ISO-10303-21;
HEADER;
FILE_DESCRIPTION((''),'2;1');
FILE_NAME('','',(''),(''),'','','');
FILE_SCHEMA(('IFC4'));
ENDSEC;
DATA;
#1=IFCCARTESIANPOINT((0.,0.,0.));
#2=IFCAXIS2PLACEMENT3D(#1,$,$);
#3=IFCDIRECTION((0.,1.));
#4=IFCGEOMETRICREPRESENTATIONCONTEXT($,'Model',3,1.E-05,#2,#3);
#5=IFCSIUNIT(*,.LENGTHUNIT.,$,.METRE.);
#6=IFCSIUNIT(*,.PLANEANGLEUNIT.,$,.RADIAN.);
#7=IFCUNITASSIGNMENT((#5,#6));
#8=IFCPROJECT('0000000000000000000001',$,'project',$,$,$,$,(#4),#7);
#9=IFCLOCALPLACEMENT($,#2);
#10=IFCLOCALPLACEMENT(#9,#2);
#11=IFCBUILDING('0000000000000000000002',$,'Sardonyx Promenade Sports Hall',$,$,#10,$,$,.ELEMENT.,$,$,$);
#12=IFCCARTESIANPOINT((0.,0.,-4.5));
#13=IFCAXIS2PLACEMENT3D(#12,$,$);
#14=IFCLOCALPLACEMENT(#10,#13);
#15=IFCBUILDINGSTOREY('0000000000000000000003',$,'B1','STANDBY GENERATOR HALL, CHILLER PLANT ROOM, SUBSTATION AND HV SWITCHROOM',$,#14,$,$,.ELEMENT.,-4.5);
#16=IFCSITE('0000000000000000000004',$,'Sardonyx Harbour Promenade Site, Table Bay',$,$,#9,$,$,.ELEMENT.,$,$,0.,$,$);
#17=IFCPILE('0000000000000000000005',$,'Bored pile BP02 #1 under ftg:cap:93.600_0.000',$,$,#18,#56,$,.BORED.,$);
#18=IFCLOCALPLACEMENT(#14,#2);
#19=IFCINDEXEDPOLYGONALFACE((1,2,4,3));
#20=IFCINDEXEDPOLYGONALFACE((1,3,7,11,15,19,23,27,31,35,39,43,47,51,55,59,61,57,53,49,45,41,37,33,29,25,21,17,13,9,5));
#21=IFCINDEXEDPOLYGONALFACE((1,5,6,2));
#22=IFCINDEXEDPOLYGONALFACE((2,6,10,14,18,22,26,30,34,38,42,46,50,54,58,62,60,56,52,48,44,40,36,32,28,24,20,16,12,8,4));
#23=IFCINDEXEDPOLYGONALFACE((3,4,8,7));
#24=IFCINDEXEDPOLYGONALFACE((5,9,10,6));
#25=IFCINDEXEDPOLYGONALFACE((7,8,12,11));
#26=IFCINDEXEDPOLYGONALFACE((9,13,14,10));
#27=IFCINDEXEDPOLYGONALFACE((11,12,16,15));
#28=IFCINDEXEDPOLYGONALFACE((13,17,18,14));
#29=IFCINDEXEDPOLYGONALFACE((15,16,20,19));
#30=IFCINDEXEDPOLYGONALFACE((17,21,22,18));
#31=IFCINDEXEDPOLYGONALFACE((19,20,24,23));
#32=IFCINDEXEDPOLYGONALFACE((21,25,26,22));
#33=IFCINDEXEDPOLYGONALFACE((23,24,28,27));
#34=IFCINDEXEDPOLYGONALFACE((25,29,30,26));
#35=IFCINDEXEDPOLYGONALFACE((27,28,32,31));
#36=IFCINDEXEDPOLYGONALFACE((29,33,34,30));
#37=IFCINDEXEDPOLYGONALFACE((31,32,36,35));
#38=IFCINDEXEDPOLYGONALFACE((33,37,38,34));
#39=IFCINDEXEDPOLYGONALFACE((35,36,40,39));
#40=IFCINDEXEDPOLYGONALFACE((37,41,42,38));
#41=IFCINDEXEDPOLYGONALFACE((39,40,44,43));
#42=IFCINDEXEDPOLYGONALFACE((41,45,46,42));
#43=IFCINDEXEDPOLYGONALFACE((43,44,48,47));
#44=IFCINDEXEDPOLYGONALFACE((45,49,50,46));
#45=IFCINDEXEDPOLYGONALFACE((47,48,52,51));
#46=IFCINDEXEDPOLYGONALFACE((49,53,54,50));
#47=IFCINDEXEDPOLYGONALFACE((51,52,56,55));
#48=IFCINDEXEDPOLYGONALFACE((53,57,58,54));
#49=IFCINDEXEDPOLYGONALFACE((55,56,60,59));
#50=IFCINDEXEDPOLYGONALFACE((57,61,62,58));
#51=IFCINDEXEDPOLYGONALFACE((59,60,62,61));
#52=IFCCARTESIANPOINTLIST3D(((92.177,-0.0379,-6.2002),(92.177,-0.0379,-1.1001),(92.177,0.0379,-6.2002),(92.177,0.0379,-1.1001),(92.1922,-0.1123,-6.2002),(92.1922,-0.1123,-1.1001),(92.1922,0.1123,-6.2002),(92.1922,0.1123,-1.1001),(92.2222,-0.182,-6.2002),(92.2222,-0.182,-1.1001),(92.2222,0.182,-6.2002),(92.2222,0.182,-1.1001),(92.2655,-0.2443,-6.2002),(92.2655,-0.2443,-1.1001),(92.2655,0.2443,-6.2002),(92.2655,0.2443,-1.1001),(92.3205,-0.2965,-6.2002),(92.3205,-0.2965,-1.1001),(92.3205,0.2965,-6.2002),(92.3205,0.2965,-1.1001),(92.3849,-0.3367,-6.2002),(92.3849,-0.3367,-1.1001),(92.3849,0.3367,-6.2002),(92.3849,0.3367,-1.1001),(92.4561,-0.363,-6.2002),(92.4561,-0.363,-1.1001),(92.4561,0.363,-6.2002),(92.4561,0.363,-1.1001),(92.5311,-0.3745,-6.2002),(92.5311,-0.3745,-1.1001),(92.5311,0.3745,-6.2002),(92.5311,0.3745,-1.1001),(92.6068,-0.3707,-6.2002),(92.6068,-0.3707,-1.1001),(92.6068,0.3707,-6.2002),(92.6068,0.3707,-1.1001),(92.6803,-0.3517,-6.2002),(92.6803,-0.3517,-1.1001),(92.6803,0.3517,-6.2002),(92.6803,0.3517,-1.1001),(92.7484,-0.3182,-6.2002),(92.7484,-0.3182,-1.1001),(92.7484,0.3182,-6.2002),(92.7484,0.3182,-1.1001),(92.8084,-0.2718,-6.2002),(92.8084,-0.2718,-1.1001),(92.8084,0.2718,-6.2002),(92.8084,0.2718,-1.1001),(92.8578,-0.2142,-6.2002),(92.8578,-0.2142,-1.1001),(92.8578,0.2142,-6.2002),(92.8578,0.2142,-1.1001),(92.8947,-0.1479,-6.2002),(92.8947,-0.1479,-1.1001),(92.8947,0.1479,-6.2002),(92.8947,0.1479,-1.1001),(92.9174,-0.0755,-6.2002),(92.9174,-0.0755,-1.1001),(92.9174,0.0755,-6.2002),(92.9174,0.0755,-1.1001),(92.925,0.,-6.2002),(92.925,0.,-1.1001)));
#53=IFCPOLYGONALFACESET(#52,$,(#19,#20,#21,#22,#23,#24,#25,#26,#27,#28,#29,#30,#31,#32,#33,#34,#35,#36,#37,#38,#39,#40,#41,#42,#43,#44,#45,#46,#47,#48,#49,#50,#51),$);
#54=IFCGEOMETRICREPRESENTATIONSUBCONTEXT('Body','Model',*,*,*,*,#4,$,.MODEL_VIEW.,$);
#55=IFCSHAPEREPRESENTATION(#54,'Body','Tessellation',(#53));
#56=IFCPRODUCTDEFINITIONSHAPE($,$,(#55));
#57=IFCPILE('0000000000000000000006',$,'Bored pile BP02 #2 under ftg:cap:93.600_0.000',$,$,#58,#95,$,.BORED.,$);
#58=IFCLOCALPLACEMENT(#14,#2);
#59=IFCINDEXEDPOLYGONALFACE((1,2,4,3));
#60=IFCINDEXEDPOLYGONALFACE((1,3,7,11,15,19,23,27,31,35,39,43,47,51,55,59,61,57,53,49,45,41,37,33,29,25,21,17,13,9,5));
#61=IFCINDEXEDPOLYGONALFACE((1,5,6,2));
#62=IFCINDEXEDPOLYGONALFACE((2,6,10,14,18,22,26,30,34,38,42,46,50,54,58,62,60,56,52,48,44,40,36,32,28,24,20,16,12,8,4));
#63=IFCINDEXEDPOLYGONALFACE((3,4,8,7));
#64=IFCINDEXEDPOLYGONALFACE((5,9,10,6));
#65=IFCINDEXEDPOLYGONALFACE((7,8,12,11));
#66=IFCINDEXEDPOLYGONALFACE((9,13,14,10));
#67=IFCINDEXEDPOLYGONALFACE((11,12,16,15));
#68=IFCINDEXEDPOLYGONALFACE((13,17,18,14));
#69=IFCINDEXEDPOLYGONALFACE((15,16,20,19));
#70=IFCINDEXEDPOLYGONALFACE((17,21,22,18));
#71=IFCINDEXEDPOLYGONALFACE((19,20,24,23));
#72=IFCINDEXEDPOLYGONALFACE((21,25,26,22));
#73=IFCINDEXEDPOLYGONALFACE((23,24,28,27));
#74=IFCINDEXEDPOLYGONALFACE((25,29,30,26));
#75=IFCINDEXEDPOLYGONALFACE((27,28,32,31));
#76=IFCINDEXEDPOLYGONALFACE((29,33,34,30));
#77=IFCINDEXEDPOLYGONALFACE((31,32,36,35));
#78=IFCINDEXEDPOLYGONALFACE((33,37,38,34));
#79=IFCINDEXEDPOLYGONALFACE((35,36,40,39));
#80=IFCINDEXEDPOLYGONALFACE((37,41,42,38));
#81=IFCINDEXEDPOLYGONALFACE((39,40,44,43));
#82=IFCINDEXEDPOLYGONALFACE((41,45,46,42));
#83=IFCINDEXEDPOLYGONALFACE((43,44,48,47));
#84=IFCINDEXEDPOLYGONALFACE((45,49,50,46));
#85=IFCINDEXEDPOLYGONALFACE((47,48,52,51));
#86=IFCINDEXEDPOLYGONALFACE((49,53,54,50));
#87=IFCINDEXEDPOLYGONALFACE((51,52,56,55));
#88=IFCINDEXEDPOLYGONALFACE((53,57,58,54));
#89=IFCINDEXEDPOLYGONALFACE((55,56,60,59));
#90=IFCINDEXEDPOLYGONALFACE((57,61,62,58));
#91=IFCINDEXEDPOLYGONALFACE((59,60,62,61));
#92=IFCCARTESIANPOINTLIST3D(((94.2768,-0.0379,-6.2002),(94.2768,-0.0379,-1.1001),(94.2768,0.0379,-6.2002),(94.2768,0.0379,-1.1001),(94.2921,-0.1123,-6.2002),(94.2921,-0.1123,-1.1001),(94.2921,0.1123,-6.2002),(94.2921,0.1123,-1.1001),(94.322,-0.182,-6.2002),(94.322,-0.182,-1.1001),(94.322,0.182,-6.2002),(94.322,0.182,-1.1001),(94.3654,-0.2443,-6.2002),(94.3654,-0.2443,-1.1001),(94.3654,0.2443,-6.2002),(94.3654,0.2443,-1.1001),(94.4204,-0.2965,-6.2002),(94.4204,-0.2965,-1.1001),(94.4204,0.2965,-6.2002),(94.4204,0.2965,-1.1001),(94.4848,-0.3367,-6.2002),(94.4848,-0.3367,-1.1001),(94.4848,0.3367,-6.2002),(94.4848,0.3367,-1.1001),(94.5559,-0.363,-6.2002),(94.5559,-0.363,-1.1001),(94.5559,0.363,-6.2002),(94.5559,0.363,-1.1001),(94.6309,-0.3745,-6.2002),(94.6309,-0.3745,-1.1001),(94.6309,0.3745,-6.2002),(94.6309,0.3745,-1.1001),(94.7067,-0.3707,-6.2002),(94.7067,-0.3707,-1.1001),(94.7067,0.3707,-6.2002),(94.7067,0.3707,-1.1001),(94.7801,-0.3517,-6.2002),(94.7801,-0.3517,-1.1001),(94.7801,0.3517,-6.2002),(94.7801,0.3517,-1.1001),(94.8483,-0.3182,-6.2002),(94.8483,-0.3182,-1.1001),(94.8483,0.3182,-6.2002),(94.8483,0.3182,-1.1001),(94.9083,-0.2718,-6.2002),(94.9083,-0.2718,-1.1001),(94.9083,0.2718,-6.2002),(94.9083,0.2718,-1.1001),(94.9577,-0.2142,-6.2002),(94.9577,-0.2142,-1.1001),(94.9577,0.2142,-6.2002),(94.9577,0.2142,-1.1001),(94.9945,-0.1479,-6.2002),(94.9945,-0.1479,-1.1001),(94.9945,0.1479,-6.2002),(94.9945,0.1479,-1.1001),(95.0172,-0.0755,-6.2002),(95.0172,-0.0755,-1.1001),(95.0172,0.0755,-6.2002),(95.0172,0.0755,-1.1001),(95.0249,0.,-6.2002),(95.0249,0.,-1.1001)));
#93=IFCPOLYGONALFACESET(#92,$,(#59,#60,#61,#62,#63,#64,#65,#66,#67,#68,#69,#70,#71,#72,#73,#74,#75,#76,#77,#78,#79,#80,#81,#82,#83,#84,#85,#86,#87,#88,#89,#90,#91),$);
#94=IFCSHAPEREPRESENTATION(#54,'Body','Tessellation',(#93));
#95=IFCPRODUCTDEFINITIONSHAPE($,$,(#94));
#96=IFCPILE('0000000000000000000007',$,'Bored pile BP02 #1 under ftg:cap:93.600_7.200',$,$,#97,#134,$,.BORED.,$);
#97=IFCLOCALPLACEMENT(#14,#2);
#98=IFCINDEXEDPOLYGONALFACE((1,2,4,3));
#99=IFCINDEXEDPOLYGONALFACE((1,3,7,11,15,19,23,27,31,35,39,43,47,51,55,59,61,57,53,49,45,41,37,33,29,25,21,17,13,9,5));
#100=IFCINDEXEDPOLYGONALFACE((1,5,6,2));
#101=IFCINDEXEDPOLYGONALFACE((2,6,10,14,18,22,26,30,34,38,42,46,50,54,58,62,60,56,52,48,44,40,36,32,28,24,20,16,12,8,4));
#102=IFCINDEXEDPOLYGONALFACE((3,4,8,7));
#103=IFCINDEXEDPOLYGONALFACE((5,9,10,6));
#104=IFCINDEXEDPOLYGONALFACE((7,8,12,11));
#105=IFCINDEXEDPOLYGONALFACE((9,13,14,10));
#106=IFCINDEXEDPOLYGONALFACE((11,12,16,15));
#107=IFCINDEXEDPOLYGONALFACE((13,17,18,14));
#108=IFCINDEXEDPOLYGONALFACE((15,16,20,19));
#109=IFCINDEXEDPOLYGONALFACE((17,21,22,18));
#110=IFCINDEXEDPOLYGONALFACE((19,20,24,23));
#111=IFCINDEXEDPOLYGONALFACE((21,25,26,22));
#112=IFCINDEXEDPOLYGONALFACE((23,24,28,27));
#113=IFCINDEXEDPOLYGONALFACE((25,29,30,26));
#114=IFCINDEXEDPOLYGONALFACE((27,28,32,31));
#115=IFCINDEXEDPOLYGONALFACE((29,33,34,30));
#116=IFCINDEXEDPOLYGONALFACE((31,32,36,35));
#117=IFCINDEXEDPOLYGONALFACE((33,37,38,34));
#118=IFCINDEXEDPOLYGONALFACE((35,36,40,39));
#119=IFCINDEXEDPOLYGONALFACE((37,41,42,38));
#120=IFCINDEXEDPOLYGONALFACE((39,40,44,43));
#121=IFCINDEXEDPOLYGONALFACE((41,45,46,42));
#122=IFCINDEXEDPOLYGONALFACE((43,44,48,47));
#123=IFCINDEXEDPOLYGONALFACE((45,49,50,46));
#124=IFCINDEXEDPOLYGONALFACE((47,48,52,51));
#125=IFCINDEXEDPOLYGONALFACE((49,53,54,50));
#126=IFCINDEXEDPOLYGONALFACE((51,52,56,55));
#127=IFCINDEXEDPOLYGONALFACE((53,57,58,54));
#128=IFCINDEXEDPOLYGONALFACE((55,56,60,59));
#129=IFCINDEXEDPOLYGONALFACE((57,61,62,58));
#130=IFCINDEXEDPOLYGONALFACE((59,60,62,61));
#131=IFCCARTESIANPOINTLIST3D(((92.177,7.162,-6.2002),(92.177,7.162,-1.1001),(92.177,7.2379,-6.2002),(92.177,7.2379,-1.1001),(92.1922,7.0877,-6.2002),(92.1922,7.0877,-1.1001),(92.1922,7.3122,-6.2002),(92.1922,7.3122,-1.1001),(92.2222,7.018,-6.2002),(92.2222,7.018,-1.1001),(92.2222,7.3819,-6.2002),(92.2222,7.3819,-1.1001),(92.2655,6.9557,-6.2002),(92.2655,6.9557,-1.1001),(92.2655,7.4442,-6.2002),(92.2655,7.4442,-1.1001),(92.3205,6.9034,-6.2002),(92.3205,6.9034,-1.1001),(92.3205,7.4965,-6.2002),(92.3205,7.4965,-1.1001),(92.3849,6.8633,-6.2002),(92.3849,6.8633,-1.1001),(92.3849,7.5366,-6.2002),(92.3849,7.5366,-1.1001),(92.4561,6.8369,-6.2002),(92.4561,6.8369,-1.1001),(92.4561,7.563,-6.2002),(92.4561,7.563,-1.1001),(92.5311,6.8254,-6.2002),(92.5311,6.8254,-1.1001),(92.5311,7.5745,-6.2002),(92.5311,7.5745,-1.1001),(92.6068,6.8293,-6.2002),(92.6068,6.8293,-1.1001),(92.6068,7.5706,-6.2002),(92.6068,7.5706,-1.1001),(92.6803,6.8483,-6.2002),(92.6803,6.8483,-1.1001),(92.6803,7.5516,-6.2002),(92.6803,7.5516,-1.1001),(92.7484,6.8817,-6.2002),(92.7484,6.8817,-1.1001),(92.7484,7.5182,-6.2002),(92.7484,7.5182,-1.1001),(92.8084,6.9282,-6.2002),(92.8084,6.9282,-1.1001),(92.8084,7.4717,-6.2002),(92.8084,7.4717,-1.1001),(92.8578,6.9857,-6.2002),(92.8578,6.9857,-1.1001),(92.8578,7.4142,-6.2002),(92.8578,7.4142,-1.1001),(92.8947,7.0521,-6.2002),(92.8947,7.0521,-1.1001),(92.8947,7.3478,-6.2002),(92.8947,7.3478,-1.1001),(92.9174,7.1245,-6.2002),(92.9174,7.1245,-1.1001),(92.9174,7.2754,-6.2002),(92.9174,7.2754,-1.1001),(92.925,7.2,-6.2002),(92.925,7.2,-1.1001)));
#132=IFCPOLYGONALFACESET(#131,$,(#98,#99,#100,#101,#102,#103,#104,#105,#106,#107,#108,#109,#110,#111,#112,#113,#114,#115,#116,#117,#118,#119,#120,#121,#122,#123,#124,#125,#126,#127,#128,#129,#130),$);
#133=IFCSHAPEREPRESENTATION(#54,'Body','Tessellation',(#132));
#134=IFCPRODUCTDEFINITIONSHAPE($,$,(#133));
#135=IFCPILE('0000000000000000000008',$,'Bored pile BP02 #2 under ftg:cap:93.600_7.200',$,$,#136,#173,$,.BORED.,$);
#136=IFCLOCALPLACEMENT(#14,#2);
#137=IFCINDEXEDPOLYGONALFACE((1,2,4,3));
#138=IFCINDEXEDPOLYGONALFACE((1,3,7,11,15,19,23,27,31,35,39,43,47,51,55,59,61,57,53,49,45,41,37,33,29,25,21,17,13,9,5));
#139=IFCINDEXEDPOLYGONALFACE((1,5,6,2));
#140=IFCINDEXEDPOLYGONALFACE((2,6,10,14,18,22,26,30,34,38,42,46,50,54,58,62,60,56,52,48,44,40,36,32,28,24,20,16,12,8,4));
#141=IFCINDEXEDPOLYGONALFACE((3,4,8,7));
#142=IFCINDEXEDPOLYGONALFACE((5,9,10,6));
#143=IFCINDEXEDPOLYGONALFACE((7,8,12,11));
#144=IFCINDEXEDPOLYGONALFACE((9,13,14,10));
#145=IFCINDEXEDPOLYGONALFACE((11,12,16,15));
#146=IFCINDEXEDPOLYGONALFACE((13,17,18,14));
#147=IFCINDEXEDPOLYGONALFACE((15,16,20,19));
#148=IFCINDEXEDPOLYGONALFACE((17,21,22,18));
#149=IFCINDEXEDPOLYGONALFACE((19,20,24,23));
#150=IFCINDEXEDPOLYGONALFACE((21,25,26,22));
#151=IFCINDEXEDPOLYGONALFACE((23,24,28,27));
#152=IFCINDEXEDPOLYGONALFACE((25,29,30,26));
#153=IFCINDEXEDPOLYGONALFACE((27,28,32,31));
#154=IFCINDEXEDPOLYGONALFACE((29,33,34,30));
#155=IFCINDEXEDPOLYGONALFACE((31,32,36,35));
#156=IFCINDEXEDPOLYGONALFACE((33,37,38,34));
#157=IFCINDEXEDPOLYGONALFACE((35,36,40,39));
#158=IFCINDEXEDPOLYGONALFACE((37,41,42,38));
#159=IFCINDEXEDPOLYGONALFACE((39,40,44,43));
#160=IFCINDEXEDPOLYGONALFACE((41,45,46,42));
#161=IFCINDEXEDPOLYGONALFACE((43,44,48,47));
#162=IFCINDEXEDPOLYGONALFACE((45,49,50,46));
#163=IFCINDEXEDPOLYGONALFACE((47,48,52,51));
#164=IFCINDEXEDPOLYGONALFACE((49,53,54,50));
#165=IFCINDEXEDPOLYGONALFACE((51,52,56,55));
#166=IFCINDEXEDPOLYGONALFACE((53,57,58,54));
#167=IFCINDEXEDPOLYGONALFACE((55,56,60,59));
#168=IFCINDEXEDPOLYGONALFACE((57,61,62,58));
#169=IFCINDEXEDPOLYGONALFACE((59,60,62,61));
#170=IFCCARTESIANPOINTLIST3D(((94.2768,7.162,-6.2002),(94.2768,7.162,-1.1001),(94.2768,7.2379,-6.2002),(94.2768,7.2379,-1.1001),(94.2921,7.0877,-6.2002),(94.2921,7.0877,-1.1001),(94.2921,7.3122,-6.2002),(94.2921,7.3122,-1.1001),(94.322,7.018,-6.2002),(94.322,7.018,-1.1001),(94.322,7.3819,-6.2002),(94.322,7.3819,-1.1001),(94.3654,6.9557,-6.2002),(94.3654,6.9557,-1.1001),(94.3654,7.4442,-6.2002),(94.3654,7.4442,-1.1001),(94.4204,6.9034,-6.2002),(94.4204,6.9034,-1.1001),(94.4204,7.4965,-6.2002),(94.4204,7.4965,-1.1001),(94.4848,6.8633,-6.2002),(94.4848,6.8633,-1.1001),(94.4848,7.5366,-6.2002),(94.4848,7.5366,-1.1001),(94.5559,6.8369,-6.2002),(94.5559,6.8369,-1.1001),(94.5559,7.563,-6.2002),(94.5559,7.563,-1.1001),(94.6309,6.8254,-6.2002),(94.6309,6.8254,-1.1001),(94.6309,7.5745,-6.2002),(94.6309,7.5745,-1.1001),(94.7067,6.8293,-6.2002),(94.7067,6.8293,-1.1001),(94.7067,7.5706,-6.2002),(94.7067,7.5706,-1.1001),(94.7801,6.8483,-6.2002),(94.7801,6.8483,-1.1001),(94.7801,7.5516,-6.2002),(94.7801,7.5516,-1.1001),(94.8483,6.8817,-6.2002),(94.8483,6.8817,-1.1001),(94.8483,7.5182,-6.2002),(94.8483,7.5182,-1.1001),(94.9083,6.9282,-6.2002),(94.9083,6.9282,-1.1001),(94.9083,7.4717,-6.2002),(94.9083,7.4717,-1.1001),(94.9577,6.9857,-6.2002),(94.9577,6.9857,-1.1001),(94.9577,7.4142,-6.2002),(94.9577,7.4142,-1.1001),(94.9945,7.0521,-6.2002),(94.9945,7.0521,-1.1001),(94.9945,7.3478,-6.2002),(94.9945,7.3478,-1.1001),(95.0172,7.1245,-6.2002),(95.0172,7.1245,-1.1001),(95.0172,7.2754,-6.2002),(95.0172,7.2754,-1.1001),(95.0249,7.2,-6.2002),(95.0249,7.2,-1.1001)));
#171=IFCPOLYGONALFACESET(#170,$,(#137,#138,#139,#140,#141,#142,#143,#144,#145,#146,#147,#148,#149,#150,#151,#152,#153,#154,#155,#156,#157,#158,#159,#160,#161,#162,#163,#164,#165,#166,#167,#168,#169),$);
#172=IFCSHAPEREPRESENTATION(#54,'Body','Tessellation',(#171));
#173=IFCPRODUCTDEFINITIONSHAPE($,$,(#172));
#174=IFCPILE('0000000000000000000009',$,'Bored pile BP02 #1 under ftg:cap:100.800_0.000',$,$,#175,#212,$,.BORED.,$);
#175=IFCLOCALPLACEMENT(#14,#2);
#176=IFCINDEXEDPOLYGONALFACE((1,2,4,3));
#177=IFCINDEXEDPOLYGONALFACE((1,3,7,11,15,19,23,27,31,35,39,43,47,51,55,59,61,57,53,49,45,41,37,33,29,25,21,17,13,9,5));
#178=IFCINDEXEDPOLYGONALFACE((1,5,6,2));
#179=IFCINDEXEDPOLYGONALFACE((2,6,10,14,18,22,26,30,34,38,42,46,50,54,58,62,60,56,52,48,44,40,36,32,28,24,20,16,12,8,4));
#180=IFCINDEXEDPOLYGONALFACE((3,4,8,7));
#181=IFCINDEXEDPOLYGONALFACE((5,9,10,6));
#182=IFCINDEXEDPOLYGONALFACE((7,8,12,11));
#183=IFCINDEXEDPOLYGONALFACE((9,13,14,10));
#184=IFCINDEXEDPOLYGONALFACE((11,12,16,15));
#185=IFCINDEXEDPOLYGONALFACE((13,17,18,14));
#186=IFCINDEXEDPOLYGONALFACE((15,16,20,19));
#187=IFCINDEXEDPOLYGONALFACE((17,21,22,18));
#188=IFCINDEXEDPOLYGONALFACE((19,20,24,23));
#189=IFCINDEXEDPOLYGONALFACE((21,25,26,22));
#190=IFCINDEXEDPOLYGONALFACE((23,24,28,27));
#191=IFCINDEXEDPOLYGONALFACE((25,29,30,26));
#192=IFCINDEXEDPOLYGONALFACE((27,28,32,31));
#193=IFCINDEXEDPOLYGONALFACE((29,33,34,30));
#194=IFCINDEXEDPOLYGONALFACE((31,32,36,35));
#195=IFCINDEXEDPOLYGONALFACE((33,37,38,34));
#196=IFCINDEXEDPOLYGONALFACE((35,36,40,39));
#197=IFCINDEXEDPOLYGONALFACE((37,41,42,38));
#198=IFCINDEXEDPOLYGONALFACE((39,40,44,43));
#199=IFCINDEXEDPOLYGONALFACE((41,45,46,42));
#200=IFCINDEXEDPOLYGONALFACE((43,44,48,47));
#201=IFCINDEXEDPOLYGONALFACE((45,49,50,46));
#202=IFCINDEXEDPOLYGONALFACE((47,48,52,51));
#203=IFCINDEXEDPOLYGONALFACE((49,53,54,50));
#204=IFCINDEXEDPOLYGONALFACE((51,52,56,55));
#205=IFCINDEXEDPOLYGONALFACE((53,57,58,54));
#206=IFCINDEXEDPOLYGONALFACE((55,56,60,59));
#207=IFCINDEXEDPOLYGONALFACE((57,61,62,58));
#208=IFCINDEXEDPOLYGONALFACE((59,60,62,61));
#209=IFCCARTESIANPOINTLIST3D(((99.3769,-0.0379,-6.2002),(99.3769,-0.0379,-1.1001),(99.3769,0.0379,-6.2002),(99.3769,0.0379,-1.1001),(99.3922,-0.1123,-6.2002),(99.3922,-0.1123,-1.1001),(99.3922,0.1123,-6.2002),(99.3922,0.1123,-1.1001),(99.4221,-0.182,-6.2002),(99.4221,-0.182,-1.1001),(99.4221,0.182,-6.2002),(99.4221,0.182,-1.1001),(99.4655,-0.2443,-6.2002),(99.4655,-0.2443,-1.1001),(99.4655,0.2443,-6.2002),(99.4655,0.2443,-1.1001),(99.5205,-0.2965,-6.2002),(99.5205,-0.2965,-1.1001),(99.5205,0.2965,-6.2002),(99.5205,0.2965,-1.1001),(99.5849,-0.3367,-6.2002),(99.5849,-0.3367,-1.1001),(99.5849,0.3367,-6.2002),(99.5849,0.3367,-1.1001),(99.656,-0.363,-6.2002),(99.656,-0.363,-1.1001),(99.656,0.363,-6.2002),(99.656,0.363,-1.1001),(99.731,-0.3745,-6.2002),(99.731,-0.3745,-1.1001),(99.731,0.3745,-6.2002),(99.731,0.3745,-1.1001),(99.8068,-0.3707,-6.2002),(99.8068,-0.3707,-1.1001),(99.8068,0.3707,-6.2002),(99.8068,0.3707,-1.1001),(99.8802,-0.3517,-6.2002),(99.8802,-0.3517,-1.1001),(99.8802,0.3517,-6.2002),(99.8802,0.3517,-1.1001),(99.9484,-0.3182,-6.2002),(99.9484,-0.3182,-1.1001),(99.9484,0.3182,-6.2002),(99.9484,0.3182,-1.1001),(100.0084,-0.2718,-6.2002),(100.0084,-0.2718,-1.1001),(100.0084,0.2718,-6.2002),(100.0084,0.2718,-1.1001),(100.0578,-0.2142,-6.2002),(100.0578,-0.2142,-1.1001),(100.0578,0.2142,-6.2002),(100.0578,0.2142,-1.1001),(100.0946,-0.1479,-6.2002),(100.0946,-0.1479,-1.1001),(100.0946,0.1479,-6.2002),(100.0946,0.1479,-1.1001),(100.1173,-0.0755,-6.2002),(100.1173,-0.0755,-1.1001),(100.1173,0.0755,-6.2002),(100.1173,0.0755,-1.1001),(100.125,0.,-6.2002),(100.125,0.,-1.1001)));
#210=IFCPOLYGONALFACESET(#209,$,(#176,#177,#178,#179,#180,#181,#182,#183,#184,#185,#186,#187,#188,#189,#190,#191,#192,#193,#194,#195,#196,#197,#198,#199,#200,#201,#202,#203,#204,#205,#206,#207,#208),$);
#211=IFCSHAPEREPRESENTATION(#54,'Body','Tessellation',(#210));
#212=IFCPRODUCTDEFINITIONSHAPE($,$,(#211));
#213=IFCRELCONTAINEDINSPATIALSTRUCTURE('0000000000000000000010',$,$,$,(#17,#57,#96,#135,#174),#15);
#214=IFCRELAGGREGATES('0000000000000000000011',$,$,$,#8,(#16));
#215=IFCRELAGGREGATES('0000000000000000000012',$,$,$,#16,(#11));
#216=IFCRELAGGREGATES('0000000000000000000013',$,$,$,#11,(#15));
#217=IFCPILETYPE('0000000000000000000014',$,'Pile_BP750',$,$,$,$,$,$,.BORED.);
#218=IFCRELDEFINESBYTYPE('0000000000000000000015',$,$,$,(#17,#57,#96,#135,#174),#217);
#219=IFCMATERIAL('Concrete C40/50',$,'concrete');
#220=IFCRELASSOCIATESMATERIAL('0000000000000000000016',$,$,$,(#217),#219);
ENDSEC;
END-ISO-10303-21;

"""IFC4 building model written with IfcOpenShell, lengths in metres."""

from ifc_helpers import new_model, si_unit, direction, frame, origin, origin_2d, place, context, subcontext, project, spatial, circle, extrude, material, material_profile, profile_set, type_object, element, save


model = new_model("IFC4")

# Units and contexts
model_context = context("Model", 3, precision=1e-05, world=origin(), true_north=direction((0.0, 1.0)))
body_context = subcontext(model_context, "Body", "Model", "MODEL_VIEW")
ifc_project = project(units=[si_unit("LENGTHUNIT", "METRE"), si_unit("PLANEANGLEUNIT", "RADIAN")], contexts=[model_context])

# Site, building, storey
site_placement = place(None, origin())
site = spatial("IfcSite", under=ifc_project, at=site_placement, Name="Sardonyx Harbour Promenade Site, Table Bay", CompositionType="ELEMENT", RefElevation=0.0)
building_placement = place(site_placement, origin())
building = spatial("IfcBuilding", under=site, at=building_placement, Name="Sardonyx Promenade Sports Hall", CompositionType="ELEMENT")
storey_placement = place(building_placement, frame((0.0, 0.0, -4.5)))
storey = spatial("IfcBuildingStorey", under=building, at=storey_placement, Name="B1", Description="STANDBY GENERATOR HALL, CHILLER PLANT ROOM, SUBSTATION AND HV SWITCHROOM", CompositionType="ELEMENT", Elevation=-4.5)

# Piles
ifc_material_1 = material(Name="Concrete C40/50", Category="concrete")
ifc_material_profile_1 = material_profile(ifc_material_1, circle(Radius=0.375, at=origin_2d()))
ifc_profile_set_1 = profile_set([ifc_material_profile_1], Name="Concrete C40/50")
pile_type_1 = type_object("IfcPileType", Name="Pile_BP750", PredefinedType="BORED", material=ifc_profile_set_1)
for number, where, z_axis, x_axis, name in (
    (1, (92.55, 0.0, -1.1001), (0.0, 0.0, -1.0), (1.0, 0.0, 0.0), "Bored pile BP02 #1 under ftg:cap:93.600_0.000"),
    (2, (94.6499, 0.0, -1.1001), (0.0, 0.0, -1.0), (1.0, 0.0, 0.0), "Bored pile BP02 #2 under ftg:cap:93.600_0.000"),
    (3, (92.55, 7.2, -1.1001), (0.0, 0.0, -1.0), (1.0, 0.0, 0.0), "Bored pile BP02 #1 under ftg:cap:93.600_7.200"),
    (4, (94.6499, 7.2, -1.1001), (0.0, 0.0, -1.0), (1.0, 0.0, 0.0), "Bored pile BP02 #2 under ftg:cap:93.600_7.200"),
    (5, (99.75, 0.0, -1.1001), (0.0, 0.0, -1.0), (1.0, 0.0, 0.0), "Bored pile BP02 #1 under ftg:cap:100.800_0.000"),
):
    element("IfcPile", number, at=place(storey_placement, frame(where, z_axis=z_axis, x_axis=x_axis)), inside=storey, type_object=pile_type_1, Name=name, PredefinedType="BORED", context=body_context, shape_type="SweptSolid", body=[
        extrude(circle(Radius=0.375, at=origin_2d()), origin(), (0.0, 0.0, 1.0), 5.1001),
    ])

save(model, "model.ifc")
